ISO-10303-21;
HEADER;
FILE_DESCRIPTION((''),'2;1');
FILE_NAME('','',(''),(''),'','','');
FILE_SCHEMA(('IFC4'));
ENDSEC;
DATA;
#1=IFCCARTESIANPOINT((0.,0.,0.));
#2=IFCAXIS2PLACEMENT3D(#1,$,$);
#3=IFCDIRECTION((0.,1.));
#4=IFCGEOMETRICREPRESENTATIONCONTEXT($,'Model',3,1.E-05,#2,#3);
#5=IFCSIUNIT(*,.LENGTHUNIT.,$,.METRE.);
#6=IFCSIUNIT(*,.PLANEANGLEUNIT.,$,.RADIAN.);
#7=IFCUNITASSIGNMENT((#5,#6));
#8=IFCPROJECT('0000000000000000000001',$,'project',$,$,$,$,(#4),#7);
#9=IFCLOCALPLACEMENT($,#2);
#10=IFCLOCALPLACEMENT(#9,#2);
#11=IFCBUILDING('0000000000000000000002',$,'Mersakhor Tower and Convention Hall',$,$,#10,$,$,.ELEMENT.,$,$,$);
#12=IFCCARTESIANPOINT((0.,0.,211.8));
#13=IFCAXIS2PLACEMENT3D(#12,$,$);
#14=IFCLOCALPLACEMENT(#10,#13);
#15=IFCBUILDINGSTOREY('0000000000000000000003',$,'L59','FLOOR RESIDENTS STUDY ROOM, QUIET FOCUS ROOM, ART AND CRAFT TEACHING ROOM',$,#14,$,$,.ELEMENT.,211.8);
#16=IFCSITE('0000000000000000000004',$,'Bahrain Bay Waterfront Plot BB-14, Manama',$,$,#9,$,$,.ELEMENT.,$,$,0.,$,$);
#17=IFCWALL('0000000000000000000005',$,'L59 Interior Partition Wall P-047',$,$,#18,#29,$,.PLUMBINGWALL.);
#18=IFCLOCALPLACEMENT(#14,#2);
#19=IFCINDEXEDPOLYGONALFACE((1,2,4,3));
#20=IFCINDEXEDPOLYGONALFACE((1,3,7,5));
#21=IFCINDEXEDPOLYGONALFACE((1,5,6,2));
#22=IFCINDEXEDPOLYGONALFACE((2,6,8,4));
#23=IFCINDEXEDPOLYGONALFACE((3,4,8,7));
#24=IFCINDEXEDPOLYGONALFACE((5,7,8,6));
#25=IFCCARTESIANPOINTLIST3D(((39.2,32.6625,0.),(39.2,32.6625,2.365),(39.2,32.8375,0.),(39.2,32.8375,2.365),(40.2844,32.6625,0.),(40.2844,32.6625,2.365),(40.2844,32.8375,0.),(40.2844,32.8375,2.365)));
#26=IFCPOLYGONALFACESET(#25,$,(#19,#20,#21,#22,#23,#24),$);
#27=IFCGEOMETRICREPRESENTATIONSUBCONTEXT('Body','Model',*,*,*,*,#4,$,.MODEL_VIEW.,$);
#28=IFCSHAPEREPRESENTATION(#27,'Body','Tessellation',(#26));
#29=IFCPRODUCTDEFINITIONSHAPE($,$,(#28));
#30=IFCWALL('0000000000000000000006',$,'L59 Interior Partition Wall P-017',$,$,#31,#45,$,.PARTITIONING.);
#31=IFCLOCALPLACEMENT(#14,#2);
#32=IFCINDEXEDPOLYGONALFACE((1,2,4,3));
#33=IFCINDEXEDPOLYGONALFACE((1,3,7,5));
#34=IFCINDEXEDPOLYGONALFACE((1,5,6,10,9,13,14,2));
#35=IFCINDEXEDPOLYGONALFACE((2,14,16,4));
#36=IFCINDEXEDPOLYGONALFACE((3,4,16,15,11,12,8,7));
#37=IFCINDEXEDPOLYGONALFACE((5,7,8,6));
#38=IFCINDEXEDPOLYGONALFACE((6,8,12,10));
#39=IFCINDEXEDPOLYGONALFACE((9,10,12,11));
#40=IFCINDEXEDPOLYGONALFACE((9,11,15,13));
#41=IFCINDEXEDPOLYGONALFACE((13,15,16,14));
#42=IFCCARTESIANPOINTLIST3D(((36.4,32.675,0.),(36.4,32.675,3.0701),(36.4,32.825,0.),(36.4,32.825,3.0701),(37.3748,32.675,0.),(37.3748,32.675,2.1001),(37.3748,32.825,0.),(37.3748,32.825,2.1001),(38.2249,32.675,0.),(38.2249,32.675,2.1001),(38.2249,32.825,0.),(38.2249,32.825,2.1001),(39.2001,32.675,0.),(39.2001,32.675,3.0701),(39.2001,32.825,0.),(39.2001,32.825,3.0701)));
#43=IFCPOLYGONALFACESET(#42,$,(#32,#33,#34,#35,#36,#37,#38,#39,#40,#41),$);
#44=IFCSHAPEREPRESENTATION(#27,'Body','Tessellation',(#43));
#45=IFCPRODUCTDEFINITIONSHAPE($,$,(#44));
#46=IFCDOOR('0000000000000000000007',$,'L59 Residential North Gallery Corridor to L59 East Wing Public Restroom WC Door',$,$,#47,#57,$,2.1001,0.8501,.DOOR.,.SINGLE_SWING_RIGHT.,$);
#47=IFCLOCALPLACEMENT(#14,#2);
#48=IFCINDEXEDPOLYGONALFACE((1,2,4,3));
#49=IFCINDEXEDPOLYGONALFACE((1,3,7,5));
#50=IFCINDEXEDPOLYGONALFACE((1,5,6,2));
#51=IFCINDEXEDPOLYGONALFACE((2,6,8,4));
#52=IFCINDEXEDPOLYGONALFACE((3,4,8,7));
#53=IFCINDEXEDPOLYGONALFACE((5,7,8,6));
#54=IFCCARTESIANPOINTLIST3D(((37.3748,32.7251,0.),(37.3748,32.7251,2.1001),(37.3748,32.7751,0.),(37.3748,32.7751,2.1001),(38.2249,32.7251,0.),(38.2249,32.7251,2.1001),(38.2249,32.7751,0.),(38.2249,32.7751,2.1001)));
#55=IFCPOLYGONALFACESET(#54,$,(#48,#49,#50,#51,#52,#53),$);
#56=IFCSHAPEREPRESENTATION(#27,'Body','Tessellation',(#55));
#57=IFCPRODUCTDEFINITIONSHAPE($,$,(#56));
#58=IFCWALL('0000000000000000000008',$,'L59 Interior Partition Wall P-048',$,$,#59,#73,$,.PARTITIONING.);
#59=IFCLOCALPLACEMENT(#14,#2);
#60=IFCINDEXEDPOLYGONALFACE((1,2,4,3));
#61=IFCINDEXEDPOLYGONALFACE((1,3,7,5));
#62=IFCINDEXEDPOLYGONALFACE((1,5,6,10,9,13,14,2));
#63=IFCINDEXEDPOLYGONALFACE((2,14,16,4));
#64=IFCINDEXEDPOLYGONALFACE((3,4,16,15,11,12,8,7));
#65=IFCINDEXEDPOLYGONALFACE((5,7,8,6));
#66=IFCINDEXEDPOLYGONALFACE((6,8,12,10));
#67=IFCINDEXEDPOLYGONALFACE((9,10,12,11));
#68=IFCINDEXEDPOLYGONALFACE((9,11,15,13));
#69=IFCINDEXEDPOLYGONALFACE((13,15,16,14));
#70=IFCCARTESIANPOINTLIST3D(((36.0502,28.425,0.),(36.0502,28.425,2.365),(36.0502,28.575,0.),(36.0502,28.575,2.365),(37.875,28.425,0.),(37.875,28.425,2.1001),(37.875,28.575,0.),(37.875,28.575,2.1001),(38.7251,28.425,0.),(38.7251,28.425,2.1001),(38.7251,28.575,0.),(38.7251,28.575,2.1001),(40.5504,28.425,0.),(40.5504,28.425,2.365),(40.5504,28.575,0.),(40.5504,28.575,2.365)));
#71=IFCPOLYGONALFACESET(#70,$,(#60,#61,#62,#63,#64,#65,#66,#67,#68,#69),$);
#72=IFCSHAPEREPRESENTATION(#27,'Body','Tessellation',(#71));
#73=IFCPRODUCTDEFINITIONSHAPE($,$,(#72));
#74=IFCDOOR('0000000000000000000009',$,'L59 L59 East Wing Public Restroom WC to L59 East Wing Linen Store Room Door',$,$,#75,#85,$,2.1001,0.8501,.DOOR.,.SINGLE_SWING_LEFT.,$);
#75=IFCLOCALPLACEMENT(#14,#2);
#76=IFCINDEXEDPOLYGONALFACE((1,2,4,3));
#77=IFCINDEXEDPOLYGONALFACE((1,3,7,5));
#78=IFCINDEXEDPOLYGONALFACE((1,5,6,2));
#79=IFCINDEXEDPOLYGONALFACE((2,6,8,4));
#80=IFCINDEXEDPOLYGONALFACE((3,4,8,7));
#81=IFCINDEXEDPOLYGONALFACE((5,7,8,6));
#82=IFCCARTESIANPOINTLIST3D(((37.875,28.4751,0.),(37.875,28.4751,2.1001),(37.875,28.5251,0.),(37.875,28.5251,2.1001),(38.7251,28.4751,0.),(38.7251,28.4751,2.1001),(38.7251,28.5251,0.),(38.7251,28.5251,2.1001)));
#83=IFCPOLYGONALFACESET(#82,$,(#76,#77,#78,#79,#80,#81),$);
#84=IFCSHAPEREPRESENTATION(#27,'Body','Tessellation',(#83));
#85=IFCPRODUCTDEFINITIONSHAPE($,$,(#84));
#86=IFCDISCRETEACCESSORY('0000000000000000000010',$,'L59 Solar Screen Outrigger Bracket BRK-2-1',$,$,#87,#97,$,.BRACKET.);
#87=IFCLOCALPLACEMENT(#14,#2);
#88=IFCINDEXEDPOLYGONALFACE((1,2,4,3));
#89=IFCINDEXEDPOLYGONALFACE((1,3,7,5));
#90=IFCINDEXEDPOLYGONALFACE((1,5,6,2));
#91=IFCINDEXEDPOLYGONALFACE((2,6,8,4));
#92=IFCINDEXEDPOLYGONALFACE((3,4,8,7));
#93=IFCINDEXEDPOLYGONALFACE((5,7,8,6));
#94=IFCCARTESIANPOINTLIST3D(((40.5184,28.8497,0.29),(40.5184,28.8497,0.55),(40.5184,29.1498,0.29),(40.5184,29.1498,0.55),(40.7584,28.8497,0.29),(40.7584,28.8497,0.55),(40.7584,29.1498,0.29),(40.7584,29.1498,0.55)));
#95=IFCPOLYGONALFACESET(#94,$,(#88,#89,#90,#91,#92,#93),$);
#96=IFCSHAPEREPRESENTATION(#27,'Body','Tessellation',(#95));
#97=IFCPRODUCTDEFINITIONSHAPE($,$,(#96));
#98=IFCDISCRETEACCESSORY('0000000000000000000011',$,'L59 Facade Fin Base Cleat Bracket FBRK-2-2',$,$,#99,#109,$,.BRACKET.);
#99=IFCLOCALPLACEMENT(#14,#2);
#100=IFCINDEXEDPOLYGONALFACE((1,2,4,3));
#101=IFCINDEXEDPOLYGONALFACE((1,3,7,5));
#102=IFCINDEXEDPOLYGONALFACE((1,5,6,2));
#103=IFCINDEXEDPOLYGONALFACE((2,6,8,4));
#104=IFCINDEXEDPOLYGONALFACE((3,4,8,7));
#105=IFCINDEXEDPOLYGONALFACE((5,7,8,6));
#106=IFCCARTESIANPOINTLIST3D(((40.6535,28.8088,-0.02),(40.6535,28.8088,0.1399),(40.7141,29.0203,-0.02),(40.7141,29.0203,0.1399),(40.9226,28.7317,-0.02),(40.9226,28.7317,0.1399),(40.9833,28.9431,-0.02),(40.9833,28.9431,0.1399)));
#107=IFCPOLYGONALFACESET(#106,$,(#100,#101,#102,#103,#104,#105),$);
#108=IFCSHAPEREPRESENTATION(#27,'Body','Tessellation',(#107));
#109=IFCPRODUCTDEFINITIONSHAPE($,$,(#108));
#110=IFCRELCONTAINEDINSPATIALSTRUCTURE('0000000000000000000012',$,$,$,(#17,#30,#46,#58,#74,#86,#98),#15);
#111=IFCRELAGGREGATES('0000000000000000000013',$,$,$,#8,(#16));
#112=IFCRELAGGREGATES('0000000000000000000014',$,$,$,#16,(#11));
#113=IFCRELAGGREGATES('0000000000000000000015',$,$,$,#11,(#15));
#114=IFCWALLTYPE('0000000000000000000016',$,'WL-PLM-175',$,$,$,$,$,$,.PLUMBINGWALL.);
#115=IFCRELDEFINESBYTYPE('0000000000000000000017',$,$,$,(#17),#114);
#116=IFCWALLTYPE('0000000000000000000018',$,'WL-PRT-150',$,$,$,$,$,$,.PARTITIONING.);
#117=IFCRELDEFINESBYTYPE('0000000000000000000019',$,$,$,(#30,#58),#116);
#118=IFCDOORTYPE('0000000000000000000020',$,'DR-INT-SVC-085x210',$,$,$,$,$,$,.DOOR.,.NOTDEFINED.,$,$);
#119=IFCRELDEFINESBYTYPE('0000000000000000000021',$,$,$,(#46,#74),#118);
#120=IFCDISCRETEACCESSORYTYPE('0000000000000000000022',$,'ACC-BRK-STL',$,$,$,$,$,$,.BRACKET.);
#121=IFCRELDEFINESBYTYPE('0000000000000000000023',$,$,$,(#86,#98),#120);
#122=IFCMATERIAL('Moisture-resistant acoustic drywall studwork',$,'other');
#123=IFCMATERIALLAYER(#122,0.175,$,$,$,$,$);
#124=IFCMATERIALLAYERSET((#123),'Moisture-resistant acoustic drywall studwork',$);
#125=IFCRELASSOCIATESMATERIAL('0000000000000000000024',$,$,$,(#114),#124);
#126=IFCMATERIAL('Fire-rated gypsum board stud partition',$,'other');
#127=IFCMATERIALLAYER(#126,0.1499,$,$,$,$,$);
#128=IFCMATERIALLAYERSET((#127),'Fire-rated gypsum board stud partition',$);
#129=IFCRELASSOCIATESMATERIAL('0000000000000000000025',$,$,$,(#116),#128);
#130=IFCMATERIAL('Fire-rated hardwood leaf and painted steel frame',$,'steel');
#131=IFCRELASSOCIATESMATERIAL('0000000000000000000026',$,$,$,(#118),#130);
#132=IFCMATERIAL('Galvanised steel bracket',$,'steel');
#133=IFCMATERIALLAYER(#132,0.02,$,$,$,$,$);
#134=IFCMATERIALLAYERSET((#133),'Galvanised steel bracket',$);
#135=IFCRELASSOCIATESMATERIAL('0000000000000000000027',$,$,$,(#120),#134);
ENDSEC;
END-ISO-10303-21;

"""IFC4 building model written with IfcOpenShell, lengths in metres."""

from ifc_helpers import new_model, si_unit, direction, frame, frame_2d, origin, origin_2d, place, context, subcontext, project, spatial, rectangle, extrude, material, layer, layer_set, type_object, element, fill, save


model = new_model("IFC4")

# Units and contexts
model_context = context("Model", 3, precision=1e-05, world=origin(), true_north=direction((0.0, 1.0)))
body_context = subcontext(model_context, "Body", "Model", "MODEL_VIEW")
ifc_project = project(units=[si_unit("LENGTHUNIT", "METRE"), si_unit("PLANEANGLEUNIT", "RADIAN")], contexts=[model_context])

# Site, building, storey
site_placement = place(None, origin())
site = spatial("IfcSite", under=ifc_project, at=site_placement, Name="Bahrain Bay Waterfront Plot BB-14, Manama", CompositionType="ELEMENT", RefElevation=0.0)
building_placement = place(site_placement, origin())
building = spatial("IfcBuilding", under=site, at=building_placement, Name="Mersakhor Tower and Convention Hall", CompositionType="ELEMENT")
storey_placement = place(building_placement, frame((0.0, 0.0, 211.8)))
storey = spatial("IfcBuildingStorey", under=building, at=storey_placement, Name="L59", Description="FLOOR RESIDENTS STUDY ROOM, QUIET FOCUS ROOM, ART AND CRAFT TEACHING ROOM", CompositionType="ELEMENT", Elevation=211.8)

# Wall
ifc_material_1 = material(Name="Moisture-resistant acoustic drywall studwork", Category="other")
ifc_layer_1 = layer(ifc_material_1, 0.175)
ifc_layer_set_1 = layer_set([ifc_layer_1], Name="Moisture-resistant acoustic drywall studwork")
wall_type_1 = type_object("IfcWallType", Name="WL-PLM-175", PredefinedType="PLUMBINGWALL", material=ifc_layer_set_1)
wall_1_placement = place(storey_placement, frame((39.2, 32.75, 0.0), z_axis=(0.0, 0.0, 1.0), x_axis=(1.0, 0.0, 0.0)))
element("IfcWall", 1, at=wall_1_placement, inside=storey, type_object=wall_type_1, Name="L59 Interior Partition Wall P-047", PredefinedType="PLUMBINGWALL", context=body_context, shape_type="SweptSolid", body=[
    extrude(rectangle(XDim=1.0845, YDim=0.175, at=frame_2d((0.5422, 0.0))), origin(), (0.0, 0.0, 1.0), 2.365),
])

# Walls, openings, doors
ifc_material_2 = material(Name="Fire-rated gypsum board stud partition", Category="other")
ifc_layer_2 = layer(ifc_material_2, 0.1499)
ifc_layer_set_2 = layer_set([ifc_layer_2], Name="Fire-rated gypsum board stud partition")
wall_type_2 = type_object("IfcWallType", Name="WL-PRT-150", PredefinedType="PARTITIONING", material=ifc_layer_set_2)
wall_2_placement = place(storey_placement, frame((39.2, 32.75, 0.0), z_axis=(0.0, 0.0, 1.0), x_axis=(-1.0, 0.0, 0.0)))
wall_2 = element("IfcWall", 2, at=wall_2_placement, inside=storey, type_object=wall_type_2, Name="L59 Interior Partition Wall P-017", PredefinedType="PARTITIONING", context=body_context, shape_type="SweptSolid", body=[
    extrude(rectangle(XDim=2.8, YDim=0.1499, at=frame_2d((1.3999, 0.0))), origin(), (0.0, 0.0, 1.0), 3.0701),
])
opening_1_placement = place(wall_2_placement, frame((0.9751, 0.0, 0.0)))
opening_1 = element("IfcOpeningElement", 3, at=opening_1_placement, cuts=wall_2, PredefinedType="OPENING", context=body_context, shape_type="SweptSolid", body=[
    extrude(rectangle(XDim=0.8501, YDim=2.1001, at=frame_2d((0.425, 1.05))), frame((0.0, 0.085, 0.0), z_axis=(0.0, -1.0, 0.0), x_axis=(1.0, 0.0, 0.0)), (0.0, 0.0, 1.0), 0.1699),
])
ifc_material_3 = material(Name="Fire-rated hardwood leaf and painted steel frame", Category="steel")
door_type = type_object("IfcDoorType", Name="DR-INT-SVC-085x210", OperationType="NOTDEFINED", PredefinedType="DOOR", material=ifc_material_3)
door_1_placement = place(opening_1_placement, origin())
door_1 = element("IfcDoor", 4, at=door_1_placement, inside=storey, type_object=door_type, Name="L59 Residential North Gallery Corridor to L59 East Wing Public Restroom WC Door", OperationType="SINGLE_SWING_RIGHT", OverallHeight=2.1001, OverallWidth=0.8501, PredefinedType="DOOR", context=body_context, shape_type="SweptSolid", body=[
    extrude(rectangle(XDim=0.8501, YDim=2.1001, at=frame_2d((0.425, 1.05))), frame((0.0, 0.0249, 0.0), z_axis=(0.0, -1.0, 0.0), x_axis=(1.0, 0.0, 0.0)), (0.0, 0.0, 1.0), 0.05),
])
fill(opening_1, door_1)
wall_3_placement = place(storey_placement, frame((40.5503, 28.5, 0.0), z_axis=(0.0, 0.0, 1.0), x_axis=(-1.0, 0.0, 0.0)))
wall_3 = element("IfcWall", 5, at=wall_3_placement, inside=storey, type_object=wall_type_2, Name="L59 Interior Partition Wall P-048", PredefinedType="PARTITIONING", context=body_context, shape_type="SweptSolid", body=[
    extrude(rectangle(XDim=4.5002, YDim=0.1499, at=frame_2d((2.25, 0.0))), origin(), (0.0, 0.0, 1.0), 2.365),
])
opening_2_placement = place(wall_3_placement, frame((1.8252, 0.0, 0.0)))
opening_2 = element("IfcOpeningElement", 6, at=opening_2_placement, cuts=wall_3, PredefinedType="OPENING", context=body_context, shape_type="SweptSolid", body=[
    extrude(rectangle(XDim=0.8501, YDim=2.1001, at=frame_2d((0.425, 1.05))), frame((0.0, 0.085, 0.0), z_axis=(0.0, -1.0, 0.0), x_axis=(1.0, 0.0, 0.0)), (0.0, 0.0, 1.0), 0.1699),
])
door_2_placement = place(opening_2_placement, origin())
door_2 = element("IfcDoor", 7, at=door_2_placement, inside=storey, type_object=door_type, Name="L59 L59 East Wing Public Restroom WC to L59 East Wing Linen Store Room Door", OperationType="SINGLE_SWING_LEFT", OverallHeight=2.1001, OverallWidth=0.8501, PredefinedType="DOOR", context=body_context, shape_type="SweptSolid", body=[
    extrude(rectangle(XDim=0.8501, YDim=2.1001, at=frame_2d((0.425, 1.05))), frame((0.0, 0.0249, 0.0), z_axis=(0.0, -1.0, 0.0), x_axis=(1.0, 0.0, 0.0)), (0.0, 0.0, 1.0), 0.05),
])
fill(opening_2, door_2)

# Discrete accessories
ifc_material_4 = material(Name="Galvanised steel bracket", Category="steel")
ifc_layer_3 = layer(ifc_material_4, 0.02)
ifc_layer_set_3 = layer_set([ifc_layer_3], Name="Galvanised steel bracket")
discrete_accessory_type = type_object("IfcDiscreteAccessoryType", Name="ACC-BRK-STL", PredefinedType="BRACKET", material=ifc_layer_set_3)
discrete_accessory_1_placement = place(storey_placement, frame((40.6384, 28.9998, 0.29), z_axis=(0.0, 0.0, 1.0), x_axis=(0.0, -1.0, 0.0)))
element("IfcDiscreteAccessory", 8, at=discrete_accessory_1_placement, inside=storey, type_object=discrete_accessory_type, Name="L59 Solar Screen Outrigger Bracket BRK-2-1", PredefinedType="BRACKET", context=body_context, shape_type="SweptSolid", body=[
    extrude(rectangle(XDim=0.3, YDim=0.24, at=origin_2d()), origin(), (0.0, 0.0, 1.0), 0.26),
])
discrete_accessory_2_placement = place(storey_placement, frame((40.8184, 28.876, -0.02), z_axis=(0.0, 0.0, 1.0), x_axis=(0.961262, -0.275637, 0.0)))
element("IfcDiscreteAccessory", 9, at=discrete_accessory_2_placement, inside=storey, type_object=discrete_accessory_type, Name="L59 Facade Fin Base Cleat Bracket FBRK-2-2", PredefinedType="BRACKET", context=body_context, shape_type="SweptSolid", body=[
    extrude(rectangle(XDim=0.28, YDim=0.22, at=origin_2d()), origin(), (0.0, 0.0, 1.0), 0.1599),
])

save(model, "model.ifc")
